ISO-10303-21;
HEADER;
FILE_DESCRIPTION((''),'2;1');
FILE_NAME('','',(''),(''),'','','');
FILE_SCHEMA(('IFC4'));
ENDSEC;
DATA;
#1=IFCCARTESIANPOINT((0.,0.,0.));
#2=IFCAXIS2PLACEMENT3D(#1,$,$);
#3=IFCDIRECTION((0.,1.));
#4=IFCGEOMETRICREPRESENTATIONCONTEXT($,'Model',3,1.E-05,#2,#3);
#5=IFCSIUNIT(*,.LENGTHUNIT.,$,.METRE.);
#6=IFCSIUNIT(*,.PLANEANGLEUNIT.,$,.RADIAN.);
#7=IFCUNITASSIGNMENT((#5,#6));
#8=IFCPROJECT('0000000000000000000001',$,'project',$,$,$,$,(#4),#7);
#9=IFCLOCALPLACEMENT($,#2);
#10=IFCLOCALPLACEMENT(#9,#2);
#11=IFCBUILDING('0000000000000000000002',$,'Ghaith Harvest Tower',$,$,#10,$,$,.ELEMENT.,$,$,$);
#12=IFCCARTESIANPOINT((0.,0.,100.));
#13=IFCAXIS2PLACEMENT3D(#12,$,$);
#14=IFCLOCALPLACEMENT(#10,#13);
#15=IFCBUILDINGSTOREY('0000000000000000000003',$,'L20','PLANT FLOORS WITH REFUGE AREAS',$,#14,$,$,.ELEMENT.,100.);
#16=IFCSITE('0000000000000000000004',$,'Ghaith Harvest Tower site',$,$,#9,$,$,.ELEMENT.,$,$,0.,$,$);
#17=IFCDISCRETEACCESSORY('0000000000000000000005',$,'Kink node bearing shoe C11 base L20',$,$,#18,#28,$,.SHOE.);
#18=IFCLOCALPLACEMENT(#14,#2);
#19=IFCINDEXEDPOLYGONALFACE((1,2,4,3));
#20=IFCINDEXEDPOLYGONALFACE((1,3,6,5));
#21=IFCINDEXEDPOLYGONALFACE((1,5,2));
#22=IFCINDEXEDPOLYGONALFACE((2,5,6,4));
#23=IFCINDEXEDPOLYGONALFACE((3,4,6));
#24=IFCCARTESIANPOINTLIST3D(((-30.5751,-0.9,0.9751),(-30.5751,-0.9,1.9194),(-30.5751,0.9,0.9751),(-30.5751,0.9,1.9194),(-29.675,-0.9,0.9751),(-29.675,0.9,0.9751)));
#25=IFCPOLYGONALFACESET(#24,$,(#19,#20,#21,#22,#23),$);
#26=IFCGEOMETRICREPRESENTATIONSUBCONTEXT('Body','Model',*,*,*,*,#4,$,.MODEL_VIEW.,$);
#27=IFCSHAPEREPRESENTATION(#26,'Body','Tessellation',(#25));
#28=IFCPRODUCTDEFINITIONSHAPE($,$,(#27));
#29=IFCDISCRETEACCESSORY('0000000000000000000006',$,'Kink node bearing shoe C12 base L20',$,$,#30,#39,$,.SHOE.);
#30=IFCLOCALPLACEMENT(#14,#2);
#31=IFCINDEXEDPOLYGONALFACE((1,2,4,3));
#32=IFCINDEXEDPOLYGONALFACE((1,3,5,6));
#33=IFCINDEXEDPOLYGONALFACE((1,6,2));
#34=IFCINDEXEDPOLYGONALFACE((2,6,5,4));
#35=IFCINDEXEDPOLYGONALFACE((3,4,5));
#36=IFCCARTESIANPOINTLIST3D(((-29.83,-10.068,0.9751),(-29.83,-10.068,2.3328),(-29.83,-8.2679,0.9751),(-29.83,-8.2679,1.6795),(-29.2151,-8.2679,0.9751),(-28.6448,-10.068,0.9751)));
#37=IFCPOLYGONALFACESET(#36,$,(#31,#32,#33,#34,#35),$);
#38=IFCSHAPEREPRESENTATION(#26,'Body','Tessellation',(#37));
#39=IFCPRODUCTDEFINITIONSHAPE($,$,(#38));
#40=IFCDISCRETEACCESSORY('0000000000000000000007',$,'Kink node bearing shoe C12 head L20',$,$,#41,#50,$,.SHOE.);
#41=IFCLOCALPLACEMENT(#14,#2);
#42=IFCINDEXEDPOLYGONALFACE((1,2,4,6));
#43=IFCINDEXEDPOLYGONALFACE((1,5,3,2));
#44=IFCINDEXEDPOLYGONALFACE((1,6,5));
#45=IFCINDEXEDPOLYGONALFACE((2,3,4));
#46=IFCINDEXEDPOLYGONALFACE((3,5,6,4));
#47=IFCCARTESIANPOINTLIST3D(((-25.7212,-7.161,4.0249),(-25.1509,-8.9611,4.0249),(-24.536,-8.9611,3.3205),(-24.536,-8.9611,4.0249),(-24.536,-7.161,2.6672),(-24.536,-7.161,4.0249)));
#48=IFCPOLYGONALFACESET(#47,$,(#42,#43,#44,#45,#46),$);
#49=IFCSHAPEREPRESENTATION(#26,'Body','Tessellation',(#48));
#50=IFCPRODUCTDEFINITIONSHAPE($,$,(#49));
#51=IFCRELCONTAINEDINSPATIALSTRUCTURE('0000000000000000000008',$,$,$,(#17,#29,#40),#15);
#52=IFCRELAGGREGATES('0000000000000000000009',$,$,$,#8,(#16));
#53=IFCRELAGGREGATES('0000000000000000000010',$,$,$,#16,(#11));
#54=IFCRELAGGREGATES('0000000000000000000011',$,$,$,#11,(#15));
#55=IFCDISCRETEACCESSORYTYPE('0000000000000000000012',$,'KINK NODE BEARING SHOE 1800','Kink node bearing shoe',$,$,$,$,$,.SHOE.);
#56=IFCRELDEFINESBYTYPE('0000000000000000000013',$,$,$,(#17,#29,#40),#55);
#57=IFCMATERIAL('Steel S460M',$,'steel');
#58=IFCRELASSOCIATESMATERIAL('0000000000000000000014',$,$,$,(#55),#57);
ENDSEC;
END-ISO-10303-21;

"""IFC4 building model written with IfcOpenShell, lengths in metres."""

from ifc_helpers import new_model, si_unit, direction, frame, origin, origin_2d, place, context, subcontext, project, spatial, rectangle, extrude, clip, halfspace, material, material_profile, profile_set, type_object, element, save


model = new_model("IFC4")

# Units and contexts
model_context = context("Model", 3, precision=1e-05, world=origin(), true_north=direction((0.0, 1.0)))
body_context = subcontext(model_context, "Body", "Model", "MODEL_VIEW")
ifc_project = project(units=[si_unit("LENGTHUNIT", "METRE"), si_unit("PLANEANGLEUNIT", "RADIAN")], contexts=[model_context])

# Site, building, storey
site_placement = place(None, origin())
site = spatial("IfcSite", under=ifc_project, at=site_placement, Name="Ghaith Harvest Tower site", CompositionType="ELEMENT", RefElevation=0.0)
building_placement = place(site_placement, origin())
building = spatial("IfcBuilding", under=site, at=building_placement, Name="Ghaith Harvest Tower", CompositionType="ELEMENT")
storey_placement = place(building_placement, frame((0.0, 0.0, 100.0)))
storey = spatial("IfcBuildingStorey", under=building, at=storey_placement, Name="L20", Description="PLANT FLOORS WITH REFUGE AREAS", CompositionType="ELEMENT", Elevation=100.0)

# Discrete accessories
ifc_material_1 = material(Name="Steel S460M", Category="steel")
ifc_material_profile_1 = material_profile(ifc_material_1, rectangle(XDim=1.8, YDim=1.8, at=origin_2d()), Name="KINK NODE BEARING SHOE 1800")
ifc_profile_set_1 = profile_set([ifc_material_profile_1], Name="Steel S460M")
discrete_accessory_type = type_object("IfcDiscreteAccessoryType", Name="KINK NODE BEARING SHOE 1800", Description="Kink node bearing shoe", PredefinedType="SHOE", material=ifc_profile_set_1)
discrete_accessory_1_placement = place(storey_placement, frame((-29.675, 0.0, 0.9751), z_axis=(0.0, 0.0, 1.0), x_axis=(1.0, 0.0, 0.0)))
element("IfcDiscreteAccessory", 1, at=discrete_accessory_1_placement, inside=storey, type_object=discrete_accessory_type, Name="Kink node bearing shoe C11 base L20", PredefinedType="SHOE", context=body_context, shape_type="Clipping", body=[
    clip(extrude(rectangle(XDim=1.8, YDim=1.8, at=origin_2d()), origin(), (0.0, 0.0, 1.0), 0.9541), halfspace(frame((0.0, 0.0, 0.0), z_axis=(0.723869, 0.0, 0.689938), x_axis=(1.0, 0.0, 0.0)), False)),
])
discrete_accessory_2_placement = place(storey_placement, frame((-28.9299, -9.168, 0.9751), z_axis=(0.0, 0.0, 1.0), x_axis=(1.0, 0.0, 0.0)))
element("IfcDiscreteAccessory", 2, at=discrete_accessory_2_placement, inside=storey, type_object=discrete_accessory_type, Name="Kink node bearing shoe C12 base L20", PredefinedType="SHOE", context=body_context, shape_type="Clipping", body=[
    clip(extrude(rectangle(XDim=1.8, YDim=1.8, at=origin_2d()), origin(), (0.0, 0.0, 1.0), 1.3677), halfspace(frame((0.0, 0.0, 0.0), z_axis=(0.732767, 0.232162, 0.639651), x_axis=(1.0, 0.0, 0.0)), False)),
])
discrete_accessory_3_placement = place(storey_placement, frame((-25.436, -8.061, 2.6572), z_axis=(0.0, 0.0, 1.0), x_axis=(1.0, 0.0, 0.0)))
element("IfcDiscreteAccessory", 3, at=discrete_accessory_3_placement, inside=storey, type_object=discrete_accessory_type, Name="Kink node bearing shoe C12 head L20", PredefinedType="SHOE", context=body_context, shape_type="Clipping", body=[
    clip(extrude(rectangle(XDim=1.8, YDim=1.8, at=origin_2d()), origin(), (0.0, 0.0, 1.0), 1.3677), halfspace(frame((0.0, 0.0, 1.3677), z_axis=(-0.732767, -0.232162, -0.639651), x_axis=(1.0, 0.0, 0.0)), False)),
])

save(model, "model.ifc")
